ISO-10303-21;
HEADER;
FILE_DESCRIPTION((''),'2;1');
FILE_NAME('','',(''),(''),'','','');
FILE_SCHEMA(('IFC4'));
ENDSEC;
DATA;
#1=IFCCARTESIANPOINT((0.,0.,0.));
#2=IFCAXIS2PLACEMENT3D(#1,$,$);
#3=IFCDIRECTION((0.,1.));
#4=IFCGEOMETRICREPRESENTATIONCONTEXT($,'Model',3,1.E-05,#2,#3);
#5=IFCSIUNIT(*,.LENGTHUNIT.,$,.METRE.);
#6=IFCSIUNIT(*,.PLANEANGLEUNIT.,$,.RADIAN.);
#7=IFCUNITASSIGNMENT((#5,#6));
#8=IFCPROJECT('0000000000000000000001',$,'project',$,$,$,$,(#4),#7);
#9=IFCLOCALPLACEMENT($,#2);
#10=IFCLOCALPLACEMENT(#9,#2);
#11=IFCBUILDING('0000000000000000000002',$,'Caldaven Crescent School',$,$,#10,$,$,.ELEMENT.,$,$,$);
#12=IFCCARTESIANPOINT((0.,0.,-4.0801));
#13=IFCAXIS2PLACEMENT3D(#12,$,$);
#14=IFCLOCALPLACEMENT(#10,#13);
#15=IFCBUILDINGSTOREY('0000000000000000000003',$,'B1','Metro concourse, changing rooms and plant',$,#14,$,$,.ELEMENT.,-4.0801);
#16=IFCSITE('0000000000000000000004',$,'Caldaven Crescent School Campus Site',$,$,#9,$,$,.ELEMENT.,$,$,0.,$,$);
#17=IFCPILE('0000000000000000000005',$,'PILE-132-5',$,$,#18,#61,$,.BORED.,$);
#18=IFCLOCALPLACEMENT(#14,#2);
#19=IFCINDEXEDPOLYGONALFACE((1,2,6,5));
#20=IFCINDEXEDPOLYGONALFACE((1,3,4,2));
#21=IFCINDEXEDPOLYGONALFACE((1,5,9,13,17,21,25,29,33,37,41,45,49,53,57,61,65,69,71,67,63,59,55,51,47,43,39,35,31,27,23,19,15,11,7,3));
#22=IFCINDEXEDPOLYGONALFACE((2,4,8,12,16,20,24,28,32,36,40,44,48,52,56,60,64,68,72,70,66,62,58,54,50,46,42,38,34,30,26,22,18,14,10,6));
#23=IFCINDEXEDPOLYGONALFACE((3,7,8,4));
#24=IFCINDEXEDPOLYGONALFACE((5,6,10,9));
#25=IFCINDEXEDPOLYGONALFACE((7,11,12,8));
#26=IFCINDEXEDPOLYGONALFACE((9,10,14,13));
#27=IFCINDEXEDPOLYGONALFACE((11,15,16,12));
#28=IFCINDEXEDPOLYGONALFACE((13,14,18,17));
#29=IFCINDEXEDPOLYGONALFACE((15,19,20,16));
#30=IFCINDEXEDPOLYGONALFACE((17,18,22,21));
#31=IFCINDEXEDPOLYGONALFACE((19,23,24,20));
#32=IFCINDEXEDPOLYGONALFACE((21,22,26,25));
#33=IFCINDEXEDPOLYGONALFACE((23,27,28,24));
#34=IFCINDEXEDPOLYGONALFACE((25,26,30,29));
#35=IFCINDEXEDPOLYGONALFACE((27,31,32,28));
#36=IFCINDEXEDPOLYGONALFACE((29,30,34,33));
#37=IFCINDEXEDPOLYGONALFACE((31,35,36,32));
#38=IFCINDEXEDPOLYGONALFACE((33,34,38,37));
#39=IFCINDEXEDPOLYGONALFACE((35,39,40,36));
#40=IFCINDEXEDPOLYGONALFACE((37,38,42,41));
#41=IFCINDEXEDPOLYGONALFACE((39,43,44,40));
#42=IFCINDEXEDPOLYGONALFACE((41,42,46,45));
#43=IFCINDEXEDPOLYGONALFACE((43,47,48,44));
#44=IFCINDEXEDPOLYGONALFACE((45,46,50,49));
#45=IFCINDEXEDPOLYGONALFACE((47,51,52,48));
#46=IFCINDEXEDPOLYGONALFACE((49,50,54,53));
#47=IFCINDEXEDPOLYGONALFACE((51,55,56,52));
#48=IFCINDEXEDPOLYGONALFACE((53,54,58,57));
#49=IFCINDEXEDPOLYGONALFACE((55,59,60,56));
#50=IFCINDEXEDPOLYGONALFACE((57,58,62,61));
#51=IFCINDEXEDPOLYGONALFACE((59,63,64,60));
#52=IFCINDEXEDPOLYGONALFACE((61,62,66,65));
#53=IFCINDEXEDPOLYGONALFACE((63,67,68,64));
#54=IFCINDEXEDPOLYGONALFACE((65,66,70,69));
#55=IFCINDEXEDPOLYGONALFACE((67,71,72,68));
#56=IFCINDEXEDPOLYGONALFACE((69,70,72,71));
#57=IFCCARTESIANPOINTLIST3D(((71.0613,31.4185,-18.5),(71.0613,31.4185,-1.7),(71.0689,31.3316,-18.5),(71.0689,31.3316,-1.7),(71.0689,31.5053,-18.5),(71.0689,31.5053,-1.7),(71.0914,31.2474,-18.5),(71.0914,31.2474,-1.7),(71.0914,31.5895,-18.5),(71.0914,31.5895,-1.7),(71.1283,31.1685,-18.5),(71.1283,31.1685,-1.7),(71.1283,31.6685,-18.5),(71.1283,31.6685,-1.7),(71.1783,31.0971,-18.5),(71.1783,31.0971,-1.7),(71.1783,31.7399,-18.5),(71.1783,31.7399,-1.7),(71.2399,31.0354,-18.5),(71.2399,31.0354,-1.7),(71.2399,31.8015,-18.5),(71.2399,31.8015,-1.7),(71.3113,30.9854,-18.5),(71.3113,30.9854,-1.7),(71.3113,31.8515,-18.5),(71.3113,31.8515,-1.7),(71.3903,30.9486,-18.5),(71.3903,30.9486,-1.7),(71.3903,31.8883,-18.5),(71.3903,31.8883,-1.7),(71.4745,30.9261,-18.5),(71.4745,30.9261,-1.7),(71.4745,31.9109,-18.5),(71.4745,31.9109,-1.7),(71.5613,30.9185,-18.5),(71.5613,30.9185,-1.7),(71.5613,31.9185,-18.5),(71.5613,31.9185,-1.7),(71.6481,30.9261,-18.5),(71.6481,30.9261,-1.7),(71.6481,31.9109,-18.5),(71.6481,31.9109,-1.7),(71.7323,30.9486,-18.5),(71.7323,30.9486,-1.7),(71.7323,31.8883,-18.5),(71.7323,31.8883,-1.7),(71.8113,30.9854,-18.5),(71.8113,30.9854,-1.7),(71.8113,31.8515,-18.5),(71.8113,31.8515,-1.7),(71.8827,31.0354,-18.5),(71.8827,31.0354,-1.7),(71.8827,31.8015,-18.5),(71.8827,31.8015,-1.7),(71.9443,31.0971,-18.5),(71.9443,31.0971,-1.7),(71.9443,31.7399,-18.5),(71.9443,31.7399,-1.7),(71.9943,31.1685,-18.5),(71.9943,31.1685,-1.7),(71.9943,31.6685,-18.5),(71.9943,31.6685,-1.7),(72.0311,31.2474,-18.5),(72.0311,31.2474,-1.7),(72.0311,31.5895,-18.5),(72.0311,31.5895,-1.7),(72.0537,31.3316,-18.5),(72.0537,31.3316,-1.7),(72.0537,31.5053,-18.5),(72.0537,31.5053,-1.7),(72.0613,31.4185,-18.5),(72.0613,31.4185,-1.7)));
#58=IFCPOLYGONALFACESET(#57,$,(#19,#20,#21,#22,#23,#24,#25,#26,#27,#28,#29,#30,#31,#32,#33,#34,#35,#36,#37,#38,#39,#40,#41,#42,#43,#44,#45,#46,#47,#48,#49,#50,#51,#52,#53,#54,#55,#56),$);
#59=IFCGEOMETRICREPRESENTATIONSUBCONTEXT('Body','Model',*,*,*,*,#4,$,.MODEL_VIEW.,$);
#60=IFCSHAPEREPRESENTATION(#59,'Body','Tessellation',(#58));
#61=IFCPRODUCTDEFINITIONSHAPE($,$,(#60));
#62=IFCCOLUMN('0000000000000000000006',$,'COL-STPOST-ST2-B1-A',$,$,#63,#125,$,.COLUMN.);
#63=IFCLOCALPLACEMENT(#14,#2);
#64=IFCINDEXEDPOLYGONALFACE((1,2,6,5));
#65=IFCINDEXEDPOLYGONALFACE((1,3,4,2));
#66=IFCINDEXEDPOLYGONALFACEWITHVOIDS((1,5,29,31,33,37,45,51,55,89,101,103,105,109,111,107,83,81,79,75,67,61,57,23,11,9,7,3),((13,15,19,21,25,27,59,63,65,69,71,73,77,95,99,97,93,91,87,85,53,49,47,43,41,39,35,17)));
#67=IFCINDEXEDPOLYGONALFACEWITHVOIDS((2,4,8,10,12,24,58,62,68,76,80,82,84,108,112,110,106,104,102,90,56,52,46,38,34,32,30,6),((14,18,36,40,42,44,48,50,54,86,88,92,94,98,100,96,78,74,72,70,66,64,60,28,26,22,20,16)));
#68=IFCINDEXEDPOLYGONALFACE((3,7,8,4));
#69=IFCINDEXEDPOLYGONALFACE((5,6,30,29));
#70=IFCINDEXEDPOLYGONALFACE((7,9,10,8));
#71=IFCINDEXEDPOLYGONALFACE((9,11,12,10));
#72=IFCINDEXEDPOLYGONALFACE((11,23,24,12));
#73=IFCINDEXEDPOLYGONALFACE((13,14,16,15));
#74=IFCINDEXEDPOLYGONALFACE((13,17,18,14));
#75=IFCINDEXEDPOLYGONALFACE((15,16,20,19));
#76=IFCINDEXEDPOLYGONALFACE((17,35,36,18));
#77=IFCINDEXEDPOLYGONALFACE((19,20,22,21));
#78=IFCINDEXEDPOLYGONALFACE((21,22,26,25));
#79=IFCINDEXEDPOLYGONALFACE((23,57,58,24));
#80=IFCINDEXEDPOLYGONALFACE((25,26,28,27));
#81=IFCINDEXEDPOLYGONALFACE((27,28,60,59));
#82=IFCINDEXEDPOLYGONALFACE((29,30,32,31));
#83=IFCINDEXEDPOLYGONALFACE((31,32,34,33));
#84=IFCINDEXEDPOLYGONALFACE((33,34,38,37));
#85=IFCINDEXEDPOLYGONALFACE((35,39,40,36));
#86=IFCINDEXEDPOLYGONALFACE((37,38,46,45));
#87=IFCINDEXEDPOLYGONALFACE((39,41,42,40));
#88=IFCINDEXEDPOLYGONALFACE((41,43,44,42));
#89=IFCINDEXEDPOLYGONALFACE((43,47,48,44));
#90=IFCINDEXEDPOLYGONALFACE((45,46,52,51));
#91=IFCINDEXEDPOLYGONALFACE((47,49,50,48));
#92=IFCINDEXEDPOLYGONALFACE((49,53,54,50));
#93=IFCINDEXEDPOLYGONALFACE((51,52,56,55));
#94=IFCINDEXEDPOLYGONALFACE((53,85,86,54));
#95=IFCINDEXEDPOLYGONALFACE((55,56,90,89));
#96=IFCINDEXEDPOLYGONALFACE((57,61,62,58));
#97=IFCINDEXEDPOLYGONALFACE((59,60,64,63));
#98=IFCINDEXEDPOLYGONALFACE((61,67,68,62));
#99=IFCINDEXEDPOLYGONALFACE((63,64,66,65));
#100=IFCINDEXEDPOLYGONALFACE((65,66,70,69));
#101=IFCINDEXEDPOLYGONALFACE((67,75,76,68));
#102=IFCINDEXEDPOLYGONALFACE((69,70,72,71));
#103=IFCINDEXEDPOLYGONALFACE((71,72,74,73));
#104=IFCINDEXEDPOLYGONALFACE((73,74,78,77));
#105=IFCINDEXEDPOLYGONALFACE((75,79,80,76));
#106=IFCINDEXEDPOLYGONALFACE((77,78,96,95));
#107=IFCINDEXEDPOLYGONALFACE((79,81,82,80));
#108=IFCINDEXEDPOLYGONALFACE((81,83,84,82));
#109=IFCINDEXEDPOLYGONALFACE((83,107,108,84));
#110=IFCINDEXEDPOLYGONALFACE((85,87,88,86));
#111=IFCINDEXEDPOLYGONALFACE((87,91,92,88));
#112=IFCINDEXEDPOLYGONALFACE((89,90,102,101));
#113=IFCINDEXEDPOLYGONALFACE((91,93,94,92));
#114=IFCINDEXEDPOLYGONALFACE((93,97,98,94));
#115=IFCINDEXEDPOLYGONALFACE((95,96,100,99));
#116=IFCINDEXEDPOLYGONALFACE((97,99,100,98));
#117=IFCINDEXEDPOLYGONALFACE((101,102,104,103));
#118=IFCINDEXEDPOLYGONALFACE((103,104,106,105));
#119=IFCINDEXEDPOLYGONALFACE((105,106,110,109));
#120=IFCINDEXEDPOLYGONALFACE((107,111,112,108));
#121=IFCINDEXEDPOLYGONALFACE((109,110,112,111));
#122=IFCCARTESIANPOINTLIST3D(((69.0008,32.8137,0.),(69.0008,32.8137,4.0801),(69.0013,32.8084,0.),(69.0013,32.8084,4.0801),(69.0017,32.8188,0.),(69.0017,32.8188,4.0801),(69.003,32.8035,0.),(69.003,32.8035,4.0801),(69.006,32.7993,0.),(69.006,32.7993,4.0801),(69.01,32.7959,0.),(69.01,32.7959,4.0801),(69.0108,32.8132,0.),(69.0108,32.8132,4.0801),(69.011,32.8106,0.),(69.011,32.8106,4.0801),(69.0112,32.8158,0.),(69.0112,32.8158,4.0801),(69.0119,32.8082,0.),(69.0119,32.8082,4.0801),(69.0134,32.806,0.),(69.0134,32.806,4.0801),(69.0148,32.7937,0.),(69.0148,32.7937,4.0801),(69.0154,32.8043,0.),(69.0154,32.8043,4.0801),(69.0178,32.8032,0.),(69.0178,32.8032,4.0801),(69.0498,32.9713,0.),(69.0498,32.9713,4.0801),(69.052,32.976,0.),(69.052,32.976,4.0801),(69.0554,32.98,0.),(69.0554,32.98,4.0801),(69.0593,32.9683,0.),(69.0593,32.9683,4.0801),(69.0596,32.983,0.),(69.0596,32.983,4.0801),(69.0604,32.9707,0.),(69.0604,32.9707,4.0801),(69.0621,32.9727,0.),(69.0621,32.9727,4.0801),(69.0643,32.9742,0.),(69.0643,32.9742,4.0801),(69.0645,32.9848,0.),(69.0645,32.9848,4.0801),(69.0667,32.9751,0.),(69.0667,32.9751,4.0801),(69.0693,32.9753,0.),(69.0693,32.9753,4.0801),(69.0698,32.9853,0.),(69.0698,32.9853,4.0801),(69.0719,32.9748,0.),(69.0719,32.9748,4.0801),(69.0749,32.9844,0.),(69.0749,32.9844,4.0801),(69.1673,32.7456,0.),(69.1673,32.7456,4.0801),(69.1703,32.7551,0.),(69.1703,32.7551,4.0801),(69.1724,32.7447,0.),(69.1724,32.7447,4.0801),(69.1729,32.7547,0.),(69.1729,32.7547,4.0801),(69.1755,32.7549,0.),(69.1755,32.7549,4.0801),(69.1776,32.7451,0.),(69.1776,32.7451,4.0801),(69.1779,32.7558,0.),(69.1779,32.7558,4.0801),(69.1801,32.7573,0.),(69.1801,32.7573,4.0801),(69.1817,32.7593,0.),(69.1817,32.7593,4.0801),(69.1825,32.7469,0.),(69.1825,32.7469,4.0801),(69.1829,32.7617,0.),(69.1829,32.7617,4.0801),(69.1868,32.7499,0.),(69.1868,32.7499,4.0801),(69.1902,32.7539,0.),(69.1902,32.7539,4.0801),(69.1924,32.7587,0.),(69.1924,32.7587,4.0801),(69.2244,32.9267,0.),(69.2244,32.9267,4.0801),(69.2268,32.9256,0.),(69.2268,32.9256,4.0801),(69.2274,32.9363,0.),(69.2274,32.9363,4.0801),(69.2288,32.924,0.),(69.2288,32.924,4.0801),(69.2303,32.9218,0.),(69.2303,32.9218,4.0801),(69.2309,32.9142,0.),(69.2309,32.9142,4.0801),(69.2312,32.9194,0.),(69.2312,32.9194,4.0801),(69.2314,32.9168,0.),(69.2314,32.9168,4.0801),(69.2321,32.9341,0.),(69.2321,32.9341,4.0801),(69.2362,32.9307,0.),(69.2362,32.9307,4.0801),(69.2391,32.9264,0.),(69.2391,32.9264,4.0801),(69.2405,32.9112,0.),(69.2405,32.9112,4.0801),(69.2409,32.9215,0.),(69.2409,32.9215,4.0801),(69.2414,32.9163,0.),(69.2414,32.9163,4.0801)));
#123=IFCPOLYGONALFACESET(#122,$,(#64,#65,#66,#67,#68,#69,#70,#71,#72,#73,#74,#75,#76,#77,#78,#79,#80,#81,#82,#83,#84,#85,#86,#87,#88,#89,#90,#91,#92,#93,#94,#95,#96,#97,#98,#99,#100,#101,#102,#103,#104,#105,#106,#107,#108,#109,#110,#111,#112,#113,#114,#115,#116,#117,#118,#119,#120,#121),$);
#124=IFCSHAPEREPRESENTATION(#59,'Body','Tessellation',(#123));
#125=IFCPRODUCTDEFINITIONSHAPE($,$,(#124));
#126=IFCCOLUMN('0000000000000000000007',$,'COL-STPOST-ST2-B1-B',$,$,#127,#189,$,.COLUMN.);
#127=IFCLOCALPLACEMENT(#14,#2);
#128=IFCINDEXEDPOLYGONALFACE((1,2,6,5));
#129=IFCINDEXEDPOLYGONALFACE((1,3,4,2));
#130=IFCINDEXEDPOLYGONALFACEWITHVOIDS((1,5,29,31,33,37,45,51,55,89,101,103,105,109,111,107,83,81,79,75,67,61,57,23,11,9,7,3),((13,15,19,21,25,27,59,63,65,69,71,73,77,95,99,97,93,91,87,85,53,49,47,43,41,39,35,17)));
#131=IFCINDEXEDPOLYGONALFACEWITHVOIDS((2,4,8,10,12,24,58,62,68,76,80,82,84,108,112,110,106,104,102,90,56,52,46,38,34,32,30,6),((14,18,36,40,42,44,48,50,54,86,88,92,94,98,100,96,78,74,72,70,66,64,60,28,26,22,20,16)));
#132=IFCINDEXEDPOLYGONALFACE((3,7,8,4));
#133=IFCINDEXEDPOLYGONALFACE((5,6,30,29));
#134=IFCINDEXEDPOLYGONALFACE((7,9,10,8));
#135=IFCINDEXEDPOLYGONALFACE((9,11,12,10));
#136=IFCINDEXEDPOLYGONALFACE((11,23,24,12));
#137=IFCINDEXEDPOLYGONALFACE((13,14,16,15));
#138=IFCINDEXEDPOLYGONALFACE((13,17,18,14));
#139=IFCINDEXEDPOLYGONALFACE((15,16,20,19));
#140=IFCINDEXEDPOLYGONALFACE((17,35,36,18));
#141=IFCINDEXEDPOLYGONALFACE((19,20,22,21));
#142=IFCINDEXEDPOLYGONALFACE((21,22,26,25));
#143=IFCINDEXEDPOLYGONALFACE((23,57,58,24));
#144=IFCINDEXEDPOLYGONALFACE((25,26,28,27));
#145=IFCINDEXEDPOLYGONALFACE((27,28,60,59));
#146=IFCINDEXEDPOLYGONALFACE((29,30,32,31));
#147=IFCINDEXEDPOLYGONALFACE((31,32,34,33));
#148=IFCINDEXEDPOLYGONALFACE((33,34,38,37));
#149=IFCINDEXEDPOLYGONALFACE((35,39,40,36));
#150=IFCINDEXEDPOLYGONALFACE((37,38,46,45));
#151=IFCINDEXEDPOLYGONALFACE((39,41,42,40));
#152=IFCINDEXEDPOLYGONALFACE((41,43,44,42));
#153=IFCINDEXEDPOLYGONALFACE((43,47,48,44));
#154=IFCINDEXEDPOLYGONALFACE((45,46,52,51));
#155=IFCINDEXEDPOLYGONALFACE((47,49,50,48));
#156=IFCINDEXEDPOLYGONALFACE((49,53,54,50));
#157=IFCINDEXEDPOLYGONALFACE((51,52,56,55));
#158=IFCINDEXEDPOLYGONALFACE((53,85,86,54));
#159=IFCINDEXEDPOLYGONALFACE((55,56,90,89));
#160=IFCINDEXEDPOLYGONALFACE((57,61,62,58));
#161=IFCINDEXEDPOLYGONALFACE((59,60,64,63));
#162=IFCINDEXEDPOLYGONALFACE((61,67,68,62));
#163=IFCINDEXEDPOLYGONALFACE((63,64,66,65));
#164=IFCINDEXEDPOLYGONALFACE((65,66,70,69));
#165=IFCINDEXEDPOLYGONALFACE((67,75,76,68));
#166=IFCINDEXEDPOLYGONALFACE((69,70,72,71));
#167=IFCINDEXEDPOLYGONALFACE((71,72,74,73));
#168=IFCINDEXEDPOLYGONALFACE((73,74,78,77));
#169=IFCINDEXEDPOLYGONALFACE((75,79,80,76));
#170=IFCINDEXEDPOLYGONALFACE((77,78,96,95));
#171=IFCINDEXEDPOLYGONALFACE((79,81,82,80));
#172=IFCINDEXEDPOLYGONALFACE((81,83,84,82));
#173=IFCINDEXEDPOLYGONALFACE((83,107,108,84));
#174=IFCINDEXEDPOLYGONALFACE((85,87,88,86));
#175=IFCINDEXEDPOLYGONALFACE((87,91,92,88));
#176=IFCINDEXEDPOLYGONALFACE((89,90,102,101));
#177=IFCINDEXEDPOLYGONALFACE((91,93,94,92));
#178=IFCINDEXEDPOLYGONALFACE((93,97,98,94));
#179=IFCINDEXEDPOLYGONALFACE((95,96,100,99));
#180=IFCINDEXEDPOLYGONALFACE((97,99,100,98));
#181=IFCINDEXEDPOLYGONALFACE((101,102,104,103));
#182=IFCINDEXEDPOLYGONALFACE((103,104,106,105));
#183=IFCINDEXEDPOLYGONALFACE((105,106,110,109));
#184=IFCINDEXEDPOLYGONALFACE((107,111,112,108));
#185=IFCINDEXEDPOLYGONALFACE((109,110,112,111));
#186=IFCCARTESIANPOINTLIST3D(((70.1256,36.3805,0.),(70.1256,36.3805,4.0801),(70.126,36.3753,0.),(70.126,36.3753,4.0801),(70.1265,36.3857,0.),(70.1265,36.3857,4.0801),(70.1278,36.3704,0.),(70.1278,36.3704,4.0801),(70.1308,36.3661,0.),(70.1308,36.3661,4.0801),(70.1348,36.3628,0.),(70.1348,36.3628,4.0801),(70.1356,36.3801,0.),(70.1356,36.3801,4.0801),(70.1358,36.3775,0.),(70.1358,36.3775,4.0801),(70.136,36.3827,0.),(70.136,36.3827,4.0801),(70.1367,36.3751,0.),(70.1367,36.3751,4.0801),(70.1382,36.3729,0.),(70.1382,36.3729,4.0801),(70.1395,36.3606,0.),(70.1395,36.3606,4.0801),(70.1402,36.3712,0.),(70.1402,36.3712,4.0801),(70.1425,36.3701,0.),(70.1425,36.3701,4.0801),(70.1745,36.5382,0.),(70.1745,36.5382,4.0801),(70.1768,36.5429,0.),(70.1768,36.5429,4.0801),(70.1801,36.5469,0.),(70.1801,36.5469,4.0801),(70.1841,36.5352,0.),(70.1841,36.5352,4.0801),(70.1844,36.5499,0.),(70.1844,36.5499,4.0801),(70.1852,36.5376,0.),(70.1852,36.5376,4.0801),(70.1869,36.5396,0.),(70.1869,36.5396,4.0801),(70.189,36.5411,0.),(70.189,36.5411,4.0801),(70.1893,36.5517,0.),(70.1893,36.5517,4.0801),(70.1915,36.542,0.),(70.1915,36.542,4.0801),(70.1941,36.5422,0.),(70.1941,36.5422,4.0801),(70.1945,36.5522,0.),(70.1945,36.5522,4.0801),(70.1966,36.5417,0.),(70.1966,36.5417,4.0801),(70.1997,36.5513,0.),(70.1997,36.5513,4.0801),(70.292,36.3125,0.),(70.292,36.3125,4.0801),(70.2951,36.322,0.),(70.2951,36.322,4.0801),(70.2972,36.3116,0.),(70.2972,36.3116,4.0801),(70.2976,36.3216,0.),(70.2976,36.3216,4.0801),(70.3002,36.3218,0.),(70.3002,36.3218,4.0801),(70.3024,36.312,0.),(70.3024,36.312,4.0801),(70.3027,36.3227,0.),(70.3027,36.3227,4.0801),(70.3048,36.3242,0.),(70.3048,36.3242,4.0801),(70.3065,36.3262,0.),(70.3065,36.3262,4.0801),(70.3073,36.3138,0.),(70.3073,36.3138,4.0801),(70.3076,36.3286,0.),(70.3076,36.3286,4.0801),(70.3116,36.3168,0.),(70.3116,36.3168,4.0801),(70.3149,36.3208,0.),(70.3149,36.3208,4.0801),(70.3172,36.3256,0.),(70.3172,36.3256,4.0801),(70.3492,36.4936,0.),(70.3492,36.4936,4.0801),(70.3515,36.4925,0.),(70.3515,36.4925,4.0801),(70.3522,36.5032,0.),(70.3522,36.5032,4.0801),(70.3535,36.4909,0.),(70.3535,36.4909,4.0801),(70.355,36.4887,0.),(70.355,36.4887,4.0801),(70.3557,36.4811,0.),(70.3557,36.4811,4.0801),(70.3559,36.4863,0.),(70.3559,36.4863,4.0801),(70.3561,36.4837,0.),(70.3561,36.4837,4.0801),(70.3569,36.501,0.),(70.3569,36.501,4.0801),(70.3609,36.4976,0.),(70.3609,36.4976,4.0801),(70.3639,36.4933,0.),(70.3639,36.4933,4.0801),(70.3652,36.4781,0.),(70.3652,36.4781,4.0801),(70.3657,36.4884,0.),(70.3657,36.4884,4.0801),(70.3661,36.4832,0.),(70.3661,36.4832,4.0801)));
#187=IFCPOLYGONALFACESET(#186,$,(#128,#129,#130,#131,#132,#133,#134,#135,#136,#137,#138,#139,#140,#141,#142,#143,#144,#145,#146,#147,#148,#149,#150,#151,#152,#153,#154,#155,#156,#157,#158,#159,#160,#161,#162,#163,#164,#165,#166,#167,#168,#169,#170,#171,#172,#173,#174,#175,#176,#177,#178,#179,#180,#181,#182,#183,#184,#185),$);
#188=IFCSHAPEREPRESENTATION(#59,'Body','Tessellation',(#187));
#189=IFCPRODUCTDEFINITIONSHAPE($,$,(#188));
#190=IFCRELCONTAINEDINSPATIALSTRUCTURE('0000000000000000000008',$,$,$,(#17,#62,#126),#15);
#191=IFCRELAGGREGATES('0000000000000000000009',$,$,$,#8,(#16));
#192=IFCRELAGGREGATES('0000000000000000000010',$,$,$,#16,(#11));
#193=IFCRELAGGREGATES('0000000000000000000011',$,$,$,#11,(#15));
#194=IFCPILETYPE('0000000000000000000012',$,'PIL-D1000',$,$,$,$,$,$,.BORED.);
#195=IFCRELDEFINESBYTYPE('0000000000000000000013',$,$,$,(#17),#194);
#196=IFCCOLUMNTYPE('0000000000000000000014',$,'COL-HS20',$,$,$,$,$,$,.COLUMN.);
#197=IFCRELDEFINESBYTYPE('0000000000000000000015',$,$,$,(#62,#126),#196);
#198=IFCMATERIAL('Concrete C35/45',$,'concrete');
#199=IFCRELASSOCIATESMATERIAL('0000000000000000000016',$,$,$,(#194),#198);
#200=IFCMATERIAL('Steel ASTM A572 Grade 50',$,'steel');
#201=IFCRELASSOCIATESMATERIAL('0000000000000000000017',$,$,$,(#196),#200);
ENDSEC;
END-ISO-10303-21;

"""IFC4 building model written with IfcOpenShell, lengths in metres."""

from ifc_helpers import new_model, si_unit, direction, frame, origin, origin_2d, place, context, subcontext, project, spatial, hollow_rectangle, circle, extrude, material, material_profile, profile_set, type_object, element, save


model = new_model("IFC4")

# Units and contexts
model_context = context("Model", 3, precision=1e-05, world=origin(), true_north=direction((0.0, 1.0)))
body_context = subcontext(model_context, "Body", "Model", "MODEL_VIEW")
ifc_project = project(units=[si_unit("LENGTHUNIT", "METRE"), si_unit("PLANEANGLEUNIT", "RADIAN")], contexts=[model_context])

# Site, building, storey
site_placement = place(None, origin())
site = spatial("IfcSite", under=ifc_project, at=site_placement, Name="Caldaven Crescent School Campus Site", CompositionType="ELEMENT", RefElevation=0.0)
building_placement = place(site_placement, origin())
building = spatial("IfcBuilding", under=site, at=building_placement, Name="Caldaven Crescent School", CompositionType="ELEMENT")
storey_placement = place(building_placement, frame((0.0, 0.0, -4.0801)))
storey = spatial("IfcBuildingStorey", under=building, at=storey_placement, Name="B1", Description="Metro concourse, changing rooms and plant", CompositionType="ELEMENT", Elevation=-4.0801)

# Shared definitions
ifc_material_1 = material(Name="Concrete C35/45", Category="concrete")

# Pile
ifc_material_profile_1 = material_profile(ifc_material_1, circle(Radius=0.5, at=origin_2d()), Name="PILE D1000")
ifc_profile_set_1 = profile_set([ifc_material_profile_1], Name="Concrete C35/45")
pile_type = type_object("IfcPileType", Name="PIL-D1000", PredefinedType="BORED", material=ifc_profile_set_1)
for number, where, z_axis, x_axis, name in (
    (1, (71.5613, 31.4185, -1.7), (0.0, 0.0, -1.0), (1.0, 0.0, 0.0), "PILE-132-5"),
):
    element("IfcPile", number, at=place(storey_placement, frame(where, z_axis=z_axis, x_axis=x_axis)), inside=storey, type_object=pile_type, Name=name, PredefinedType="BORED", context=body_context, shape_type="SweptSolid", body=[
        extrude(circle(Radius=0.5, at=origin_2d()), origin(), (0.0, 0.0, 1.0), 16.8),
    ])

# Columns
ifc_material_2 = material(Name="Steel ASTM A572 Grade 50", Category="steel")
ifc_material_profile_2 = material_profile(ifc_material_2, hollow_rectangle(XDim=0.2, YDim=0.2, WallThickness=0.01, InnerFilletRadius=0.01, OuterFilletRadius=0.02, at=origin_2d()), Name="HSS 200x200x10")
ifc_profile_set_2 = profile_set([ifc_material_profile_2], Name="Steel ASTM A572 Grade 50")
column_type_1 = type_object("IfcColumnType", Name="COL-HS20", PredefinedType="COLUMN", material=ifc_profile_set_2)
for number, where, z_axis, x_axis, name in (
    (2, (69.1211, 32.865, 0.0), (0.0, 0.0, 1.0), (0.953717, -0.300706, 0.0), "COL-STPOST-ST2-B1-A"),
    (3, (70.2458, 36.4319, 0.0), (0.0, 0.0, 1.0), (0.953717, -0.300706, 0.0), "COL-STPOST-ST2-B1-B"),
):
    element("IfcColumn", number, at=place(storey_placement, frame(where, z_axis=z_axis, x_axis=x_axis)), inside=storey, type_object=column_type_1, Name=name, PredefinedType="COLUMN", context=body_context, shape_type="SweptSolid", body=[
        extrude(hollow_rectangle(XDim=0.2, YDim=0.2, WallThickness=0.01, InnerFilletRadius=0.01, OuterFilletRadius=0.02, at=origin_2d()), origin(), (0.0, 0.0, 1.0), 4.0801),
    ])

save(model, "model.ifc")
